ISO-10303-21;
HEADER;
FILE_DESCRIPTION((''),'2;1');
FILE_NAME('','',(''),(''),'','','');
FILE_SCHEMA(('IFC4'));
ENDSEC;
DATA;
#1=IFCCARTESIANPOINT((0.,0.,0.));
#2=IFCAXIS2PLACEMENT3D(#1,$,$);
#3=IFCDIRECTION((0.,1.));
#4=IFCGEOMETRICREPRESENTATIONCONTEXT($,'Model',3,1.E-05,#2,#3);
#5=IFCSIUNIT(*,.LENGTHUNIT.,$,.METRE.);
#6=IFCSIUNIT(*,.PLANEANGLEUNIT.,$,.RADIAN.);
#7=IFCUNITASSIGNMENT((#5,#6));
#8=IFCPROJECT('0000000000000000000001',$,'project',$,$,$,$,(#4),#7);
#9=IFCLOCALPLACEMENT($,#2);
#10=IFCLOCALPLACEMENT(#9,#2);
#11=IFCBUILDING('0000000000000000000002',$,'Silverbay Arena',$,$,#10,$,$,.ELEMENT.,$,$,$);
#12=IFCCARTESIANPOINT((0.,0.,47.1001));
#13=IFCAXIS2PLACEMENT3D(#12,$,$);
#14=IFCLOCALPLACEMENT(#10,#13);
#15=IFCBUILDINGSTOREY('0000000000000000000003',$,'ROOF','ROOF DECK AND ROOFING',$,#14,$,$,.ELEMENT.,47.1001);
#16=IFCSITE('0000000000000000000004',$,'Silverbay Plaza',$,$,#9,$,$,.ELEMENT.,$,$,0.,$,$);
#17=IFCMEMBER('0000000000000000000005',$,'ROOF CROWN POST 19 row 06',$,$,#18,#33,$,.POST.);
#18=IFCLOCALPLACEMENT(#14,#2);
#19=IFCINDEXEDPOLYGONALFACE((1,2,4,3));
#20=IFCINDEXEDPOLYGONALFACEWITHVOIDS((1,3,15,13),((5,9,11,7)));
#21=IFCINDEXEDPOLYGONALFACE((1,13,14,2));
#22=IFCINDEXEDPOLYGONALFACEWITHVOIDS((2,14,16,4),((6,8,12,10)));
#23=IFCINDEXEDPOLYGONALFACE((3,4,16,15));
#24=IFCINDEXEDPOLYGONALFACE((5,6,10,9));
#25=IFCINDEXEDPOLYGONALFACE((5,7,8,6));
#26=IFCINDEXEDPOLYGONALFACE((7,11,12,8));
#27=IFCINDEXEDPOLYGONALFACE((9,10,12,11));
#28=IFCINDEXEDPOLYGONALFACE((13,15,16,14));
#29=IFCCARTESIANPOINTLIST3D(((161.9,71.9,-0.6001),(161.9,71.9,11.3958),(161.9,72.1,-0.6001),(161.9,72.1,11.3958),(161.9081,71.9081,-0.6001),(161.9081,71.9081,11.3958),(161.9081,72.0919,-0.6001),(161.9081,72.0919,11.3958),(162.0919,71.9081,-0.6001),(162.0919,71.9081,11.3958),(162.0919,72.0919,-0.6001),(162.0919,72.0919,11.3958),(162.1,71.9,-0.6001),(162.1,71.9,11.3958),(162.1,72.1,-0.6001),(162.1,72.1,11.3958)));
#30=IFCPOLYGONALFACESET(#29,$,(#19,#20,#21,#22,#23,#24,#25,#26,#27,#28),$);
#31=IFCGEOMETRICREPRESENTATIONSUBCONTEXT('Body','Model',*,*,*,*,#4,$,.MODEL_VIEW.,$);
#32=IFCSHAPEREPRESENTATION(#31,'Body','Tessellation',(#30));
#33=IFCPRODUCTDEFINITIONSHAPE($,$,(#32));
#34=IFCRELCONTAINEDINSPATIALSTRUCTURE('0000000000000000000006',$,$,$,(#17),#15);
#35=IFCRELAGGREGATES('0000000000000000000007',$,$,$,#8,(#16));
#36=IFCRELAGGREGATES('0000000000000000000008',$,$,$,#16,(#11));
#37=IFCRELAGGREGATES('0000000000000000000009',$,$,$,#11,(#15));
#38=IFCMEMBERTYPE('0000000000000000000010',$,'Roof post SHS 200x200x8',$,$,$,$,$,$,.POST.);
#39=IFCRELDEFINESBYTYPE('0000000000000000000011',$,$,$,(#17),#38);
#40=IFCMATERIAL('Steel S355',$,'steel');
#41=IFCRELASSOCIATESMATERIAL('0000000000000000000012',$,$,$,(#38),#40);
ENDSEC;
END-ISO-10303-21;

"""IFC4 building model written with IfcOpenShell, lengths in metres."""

from ifc_helpers import new_model, si_unit, direction, frame, origin, origin_2d, place, context, subcontext, project, spatial, hollow_rectangle, extrude, material, material_profile, profile_set, type_object, element, save


model = new_model("IFC4")

# Units and contexts
model_context = context("Model", 3, precision=1e-05, world=origin(), true_north=direction((0.0, 1.0)))
body_context = subcontext(model_context, "Body", "Model", "MODEL_VIEW")
ifc_project = project(units=[si_unit("LENGTHUNIT", "METRE"), si_unit("PLANEANGLEUNIT", "RADIAN")], contexts=[model_context])

# Site, building, storey
site_placement = place(None, origin())
site = spatial("IfcSite", under=ifc_project, at=site_placement, Name="Silverbay Plaza", CompositionType="ELEMENT", RefElevation=0.0)
building_placement = place(site_placement, origin())
building = spatial("IfcBuilding", under=site, at=building_placement, Name="Silverbay Arena", CompositionType="ELEMENT")
storey_placement = place(building_placement, frame((0.0, 0.0, 47.1001)))
storey = spatial("IfcBuildingStorey", under=building, at=storey_placement, Name="ROOF", Description="ROOF DECK AND ROOFING", CompositionType="ELEMENT", Elevation=47.1001)

# Member
ifc_material_1 = material(Name="Steel S355", Category="steel")
ifc_material_profile_1 = material_profile(ifc_material_1, hollow_rectangle(XDim=0.2, YDim=0.2, WallThickness=0.0081, at=origin_2d()), Name="SHS 200x200x8")
ifc_profile_set_1 = profile_set([ifc_material_profile_1], Name="Steel S355")
member_type_1 = type_object("IfcMemberType", Name="Roof post SHS 200x200x8", PredefinedType="POST", material=ifc_profile_set_1)
member_1_placement = place(storey_placement, frame((162.0, 72.0, -0.6001), z_axis=(0.0, 0.0, 1.0), x_axis=(1.0, 0.0, 0.0)))
element("IfcMember", 1, at=member_1_placement, inside=storey, type_object=member_type_1, Name="ROOF CROWN POST 19 row 06", PredefinedType="POST", context=body_context, shape_type="SweptSolid", body=[
    extrude(hollow_rectangle(XDim=0.2, YDim=0.2, WallThickness=0.0081, at=origin_2d()), origin(), (0.0, 0.0, 1.0), 11.9958),
])

save(model, "model.ifc")
